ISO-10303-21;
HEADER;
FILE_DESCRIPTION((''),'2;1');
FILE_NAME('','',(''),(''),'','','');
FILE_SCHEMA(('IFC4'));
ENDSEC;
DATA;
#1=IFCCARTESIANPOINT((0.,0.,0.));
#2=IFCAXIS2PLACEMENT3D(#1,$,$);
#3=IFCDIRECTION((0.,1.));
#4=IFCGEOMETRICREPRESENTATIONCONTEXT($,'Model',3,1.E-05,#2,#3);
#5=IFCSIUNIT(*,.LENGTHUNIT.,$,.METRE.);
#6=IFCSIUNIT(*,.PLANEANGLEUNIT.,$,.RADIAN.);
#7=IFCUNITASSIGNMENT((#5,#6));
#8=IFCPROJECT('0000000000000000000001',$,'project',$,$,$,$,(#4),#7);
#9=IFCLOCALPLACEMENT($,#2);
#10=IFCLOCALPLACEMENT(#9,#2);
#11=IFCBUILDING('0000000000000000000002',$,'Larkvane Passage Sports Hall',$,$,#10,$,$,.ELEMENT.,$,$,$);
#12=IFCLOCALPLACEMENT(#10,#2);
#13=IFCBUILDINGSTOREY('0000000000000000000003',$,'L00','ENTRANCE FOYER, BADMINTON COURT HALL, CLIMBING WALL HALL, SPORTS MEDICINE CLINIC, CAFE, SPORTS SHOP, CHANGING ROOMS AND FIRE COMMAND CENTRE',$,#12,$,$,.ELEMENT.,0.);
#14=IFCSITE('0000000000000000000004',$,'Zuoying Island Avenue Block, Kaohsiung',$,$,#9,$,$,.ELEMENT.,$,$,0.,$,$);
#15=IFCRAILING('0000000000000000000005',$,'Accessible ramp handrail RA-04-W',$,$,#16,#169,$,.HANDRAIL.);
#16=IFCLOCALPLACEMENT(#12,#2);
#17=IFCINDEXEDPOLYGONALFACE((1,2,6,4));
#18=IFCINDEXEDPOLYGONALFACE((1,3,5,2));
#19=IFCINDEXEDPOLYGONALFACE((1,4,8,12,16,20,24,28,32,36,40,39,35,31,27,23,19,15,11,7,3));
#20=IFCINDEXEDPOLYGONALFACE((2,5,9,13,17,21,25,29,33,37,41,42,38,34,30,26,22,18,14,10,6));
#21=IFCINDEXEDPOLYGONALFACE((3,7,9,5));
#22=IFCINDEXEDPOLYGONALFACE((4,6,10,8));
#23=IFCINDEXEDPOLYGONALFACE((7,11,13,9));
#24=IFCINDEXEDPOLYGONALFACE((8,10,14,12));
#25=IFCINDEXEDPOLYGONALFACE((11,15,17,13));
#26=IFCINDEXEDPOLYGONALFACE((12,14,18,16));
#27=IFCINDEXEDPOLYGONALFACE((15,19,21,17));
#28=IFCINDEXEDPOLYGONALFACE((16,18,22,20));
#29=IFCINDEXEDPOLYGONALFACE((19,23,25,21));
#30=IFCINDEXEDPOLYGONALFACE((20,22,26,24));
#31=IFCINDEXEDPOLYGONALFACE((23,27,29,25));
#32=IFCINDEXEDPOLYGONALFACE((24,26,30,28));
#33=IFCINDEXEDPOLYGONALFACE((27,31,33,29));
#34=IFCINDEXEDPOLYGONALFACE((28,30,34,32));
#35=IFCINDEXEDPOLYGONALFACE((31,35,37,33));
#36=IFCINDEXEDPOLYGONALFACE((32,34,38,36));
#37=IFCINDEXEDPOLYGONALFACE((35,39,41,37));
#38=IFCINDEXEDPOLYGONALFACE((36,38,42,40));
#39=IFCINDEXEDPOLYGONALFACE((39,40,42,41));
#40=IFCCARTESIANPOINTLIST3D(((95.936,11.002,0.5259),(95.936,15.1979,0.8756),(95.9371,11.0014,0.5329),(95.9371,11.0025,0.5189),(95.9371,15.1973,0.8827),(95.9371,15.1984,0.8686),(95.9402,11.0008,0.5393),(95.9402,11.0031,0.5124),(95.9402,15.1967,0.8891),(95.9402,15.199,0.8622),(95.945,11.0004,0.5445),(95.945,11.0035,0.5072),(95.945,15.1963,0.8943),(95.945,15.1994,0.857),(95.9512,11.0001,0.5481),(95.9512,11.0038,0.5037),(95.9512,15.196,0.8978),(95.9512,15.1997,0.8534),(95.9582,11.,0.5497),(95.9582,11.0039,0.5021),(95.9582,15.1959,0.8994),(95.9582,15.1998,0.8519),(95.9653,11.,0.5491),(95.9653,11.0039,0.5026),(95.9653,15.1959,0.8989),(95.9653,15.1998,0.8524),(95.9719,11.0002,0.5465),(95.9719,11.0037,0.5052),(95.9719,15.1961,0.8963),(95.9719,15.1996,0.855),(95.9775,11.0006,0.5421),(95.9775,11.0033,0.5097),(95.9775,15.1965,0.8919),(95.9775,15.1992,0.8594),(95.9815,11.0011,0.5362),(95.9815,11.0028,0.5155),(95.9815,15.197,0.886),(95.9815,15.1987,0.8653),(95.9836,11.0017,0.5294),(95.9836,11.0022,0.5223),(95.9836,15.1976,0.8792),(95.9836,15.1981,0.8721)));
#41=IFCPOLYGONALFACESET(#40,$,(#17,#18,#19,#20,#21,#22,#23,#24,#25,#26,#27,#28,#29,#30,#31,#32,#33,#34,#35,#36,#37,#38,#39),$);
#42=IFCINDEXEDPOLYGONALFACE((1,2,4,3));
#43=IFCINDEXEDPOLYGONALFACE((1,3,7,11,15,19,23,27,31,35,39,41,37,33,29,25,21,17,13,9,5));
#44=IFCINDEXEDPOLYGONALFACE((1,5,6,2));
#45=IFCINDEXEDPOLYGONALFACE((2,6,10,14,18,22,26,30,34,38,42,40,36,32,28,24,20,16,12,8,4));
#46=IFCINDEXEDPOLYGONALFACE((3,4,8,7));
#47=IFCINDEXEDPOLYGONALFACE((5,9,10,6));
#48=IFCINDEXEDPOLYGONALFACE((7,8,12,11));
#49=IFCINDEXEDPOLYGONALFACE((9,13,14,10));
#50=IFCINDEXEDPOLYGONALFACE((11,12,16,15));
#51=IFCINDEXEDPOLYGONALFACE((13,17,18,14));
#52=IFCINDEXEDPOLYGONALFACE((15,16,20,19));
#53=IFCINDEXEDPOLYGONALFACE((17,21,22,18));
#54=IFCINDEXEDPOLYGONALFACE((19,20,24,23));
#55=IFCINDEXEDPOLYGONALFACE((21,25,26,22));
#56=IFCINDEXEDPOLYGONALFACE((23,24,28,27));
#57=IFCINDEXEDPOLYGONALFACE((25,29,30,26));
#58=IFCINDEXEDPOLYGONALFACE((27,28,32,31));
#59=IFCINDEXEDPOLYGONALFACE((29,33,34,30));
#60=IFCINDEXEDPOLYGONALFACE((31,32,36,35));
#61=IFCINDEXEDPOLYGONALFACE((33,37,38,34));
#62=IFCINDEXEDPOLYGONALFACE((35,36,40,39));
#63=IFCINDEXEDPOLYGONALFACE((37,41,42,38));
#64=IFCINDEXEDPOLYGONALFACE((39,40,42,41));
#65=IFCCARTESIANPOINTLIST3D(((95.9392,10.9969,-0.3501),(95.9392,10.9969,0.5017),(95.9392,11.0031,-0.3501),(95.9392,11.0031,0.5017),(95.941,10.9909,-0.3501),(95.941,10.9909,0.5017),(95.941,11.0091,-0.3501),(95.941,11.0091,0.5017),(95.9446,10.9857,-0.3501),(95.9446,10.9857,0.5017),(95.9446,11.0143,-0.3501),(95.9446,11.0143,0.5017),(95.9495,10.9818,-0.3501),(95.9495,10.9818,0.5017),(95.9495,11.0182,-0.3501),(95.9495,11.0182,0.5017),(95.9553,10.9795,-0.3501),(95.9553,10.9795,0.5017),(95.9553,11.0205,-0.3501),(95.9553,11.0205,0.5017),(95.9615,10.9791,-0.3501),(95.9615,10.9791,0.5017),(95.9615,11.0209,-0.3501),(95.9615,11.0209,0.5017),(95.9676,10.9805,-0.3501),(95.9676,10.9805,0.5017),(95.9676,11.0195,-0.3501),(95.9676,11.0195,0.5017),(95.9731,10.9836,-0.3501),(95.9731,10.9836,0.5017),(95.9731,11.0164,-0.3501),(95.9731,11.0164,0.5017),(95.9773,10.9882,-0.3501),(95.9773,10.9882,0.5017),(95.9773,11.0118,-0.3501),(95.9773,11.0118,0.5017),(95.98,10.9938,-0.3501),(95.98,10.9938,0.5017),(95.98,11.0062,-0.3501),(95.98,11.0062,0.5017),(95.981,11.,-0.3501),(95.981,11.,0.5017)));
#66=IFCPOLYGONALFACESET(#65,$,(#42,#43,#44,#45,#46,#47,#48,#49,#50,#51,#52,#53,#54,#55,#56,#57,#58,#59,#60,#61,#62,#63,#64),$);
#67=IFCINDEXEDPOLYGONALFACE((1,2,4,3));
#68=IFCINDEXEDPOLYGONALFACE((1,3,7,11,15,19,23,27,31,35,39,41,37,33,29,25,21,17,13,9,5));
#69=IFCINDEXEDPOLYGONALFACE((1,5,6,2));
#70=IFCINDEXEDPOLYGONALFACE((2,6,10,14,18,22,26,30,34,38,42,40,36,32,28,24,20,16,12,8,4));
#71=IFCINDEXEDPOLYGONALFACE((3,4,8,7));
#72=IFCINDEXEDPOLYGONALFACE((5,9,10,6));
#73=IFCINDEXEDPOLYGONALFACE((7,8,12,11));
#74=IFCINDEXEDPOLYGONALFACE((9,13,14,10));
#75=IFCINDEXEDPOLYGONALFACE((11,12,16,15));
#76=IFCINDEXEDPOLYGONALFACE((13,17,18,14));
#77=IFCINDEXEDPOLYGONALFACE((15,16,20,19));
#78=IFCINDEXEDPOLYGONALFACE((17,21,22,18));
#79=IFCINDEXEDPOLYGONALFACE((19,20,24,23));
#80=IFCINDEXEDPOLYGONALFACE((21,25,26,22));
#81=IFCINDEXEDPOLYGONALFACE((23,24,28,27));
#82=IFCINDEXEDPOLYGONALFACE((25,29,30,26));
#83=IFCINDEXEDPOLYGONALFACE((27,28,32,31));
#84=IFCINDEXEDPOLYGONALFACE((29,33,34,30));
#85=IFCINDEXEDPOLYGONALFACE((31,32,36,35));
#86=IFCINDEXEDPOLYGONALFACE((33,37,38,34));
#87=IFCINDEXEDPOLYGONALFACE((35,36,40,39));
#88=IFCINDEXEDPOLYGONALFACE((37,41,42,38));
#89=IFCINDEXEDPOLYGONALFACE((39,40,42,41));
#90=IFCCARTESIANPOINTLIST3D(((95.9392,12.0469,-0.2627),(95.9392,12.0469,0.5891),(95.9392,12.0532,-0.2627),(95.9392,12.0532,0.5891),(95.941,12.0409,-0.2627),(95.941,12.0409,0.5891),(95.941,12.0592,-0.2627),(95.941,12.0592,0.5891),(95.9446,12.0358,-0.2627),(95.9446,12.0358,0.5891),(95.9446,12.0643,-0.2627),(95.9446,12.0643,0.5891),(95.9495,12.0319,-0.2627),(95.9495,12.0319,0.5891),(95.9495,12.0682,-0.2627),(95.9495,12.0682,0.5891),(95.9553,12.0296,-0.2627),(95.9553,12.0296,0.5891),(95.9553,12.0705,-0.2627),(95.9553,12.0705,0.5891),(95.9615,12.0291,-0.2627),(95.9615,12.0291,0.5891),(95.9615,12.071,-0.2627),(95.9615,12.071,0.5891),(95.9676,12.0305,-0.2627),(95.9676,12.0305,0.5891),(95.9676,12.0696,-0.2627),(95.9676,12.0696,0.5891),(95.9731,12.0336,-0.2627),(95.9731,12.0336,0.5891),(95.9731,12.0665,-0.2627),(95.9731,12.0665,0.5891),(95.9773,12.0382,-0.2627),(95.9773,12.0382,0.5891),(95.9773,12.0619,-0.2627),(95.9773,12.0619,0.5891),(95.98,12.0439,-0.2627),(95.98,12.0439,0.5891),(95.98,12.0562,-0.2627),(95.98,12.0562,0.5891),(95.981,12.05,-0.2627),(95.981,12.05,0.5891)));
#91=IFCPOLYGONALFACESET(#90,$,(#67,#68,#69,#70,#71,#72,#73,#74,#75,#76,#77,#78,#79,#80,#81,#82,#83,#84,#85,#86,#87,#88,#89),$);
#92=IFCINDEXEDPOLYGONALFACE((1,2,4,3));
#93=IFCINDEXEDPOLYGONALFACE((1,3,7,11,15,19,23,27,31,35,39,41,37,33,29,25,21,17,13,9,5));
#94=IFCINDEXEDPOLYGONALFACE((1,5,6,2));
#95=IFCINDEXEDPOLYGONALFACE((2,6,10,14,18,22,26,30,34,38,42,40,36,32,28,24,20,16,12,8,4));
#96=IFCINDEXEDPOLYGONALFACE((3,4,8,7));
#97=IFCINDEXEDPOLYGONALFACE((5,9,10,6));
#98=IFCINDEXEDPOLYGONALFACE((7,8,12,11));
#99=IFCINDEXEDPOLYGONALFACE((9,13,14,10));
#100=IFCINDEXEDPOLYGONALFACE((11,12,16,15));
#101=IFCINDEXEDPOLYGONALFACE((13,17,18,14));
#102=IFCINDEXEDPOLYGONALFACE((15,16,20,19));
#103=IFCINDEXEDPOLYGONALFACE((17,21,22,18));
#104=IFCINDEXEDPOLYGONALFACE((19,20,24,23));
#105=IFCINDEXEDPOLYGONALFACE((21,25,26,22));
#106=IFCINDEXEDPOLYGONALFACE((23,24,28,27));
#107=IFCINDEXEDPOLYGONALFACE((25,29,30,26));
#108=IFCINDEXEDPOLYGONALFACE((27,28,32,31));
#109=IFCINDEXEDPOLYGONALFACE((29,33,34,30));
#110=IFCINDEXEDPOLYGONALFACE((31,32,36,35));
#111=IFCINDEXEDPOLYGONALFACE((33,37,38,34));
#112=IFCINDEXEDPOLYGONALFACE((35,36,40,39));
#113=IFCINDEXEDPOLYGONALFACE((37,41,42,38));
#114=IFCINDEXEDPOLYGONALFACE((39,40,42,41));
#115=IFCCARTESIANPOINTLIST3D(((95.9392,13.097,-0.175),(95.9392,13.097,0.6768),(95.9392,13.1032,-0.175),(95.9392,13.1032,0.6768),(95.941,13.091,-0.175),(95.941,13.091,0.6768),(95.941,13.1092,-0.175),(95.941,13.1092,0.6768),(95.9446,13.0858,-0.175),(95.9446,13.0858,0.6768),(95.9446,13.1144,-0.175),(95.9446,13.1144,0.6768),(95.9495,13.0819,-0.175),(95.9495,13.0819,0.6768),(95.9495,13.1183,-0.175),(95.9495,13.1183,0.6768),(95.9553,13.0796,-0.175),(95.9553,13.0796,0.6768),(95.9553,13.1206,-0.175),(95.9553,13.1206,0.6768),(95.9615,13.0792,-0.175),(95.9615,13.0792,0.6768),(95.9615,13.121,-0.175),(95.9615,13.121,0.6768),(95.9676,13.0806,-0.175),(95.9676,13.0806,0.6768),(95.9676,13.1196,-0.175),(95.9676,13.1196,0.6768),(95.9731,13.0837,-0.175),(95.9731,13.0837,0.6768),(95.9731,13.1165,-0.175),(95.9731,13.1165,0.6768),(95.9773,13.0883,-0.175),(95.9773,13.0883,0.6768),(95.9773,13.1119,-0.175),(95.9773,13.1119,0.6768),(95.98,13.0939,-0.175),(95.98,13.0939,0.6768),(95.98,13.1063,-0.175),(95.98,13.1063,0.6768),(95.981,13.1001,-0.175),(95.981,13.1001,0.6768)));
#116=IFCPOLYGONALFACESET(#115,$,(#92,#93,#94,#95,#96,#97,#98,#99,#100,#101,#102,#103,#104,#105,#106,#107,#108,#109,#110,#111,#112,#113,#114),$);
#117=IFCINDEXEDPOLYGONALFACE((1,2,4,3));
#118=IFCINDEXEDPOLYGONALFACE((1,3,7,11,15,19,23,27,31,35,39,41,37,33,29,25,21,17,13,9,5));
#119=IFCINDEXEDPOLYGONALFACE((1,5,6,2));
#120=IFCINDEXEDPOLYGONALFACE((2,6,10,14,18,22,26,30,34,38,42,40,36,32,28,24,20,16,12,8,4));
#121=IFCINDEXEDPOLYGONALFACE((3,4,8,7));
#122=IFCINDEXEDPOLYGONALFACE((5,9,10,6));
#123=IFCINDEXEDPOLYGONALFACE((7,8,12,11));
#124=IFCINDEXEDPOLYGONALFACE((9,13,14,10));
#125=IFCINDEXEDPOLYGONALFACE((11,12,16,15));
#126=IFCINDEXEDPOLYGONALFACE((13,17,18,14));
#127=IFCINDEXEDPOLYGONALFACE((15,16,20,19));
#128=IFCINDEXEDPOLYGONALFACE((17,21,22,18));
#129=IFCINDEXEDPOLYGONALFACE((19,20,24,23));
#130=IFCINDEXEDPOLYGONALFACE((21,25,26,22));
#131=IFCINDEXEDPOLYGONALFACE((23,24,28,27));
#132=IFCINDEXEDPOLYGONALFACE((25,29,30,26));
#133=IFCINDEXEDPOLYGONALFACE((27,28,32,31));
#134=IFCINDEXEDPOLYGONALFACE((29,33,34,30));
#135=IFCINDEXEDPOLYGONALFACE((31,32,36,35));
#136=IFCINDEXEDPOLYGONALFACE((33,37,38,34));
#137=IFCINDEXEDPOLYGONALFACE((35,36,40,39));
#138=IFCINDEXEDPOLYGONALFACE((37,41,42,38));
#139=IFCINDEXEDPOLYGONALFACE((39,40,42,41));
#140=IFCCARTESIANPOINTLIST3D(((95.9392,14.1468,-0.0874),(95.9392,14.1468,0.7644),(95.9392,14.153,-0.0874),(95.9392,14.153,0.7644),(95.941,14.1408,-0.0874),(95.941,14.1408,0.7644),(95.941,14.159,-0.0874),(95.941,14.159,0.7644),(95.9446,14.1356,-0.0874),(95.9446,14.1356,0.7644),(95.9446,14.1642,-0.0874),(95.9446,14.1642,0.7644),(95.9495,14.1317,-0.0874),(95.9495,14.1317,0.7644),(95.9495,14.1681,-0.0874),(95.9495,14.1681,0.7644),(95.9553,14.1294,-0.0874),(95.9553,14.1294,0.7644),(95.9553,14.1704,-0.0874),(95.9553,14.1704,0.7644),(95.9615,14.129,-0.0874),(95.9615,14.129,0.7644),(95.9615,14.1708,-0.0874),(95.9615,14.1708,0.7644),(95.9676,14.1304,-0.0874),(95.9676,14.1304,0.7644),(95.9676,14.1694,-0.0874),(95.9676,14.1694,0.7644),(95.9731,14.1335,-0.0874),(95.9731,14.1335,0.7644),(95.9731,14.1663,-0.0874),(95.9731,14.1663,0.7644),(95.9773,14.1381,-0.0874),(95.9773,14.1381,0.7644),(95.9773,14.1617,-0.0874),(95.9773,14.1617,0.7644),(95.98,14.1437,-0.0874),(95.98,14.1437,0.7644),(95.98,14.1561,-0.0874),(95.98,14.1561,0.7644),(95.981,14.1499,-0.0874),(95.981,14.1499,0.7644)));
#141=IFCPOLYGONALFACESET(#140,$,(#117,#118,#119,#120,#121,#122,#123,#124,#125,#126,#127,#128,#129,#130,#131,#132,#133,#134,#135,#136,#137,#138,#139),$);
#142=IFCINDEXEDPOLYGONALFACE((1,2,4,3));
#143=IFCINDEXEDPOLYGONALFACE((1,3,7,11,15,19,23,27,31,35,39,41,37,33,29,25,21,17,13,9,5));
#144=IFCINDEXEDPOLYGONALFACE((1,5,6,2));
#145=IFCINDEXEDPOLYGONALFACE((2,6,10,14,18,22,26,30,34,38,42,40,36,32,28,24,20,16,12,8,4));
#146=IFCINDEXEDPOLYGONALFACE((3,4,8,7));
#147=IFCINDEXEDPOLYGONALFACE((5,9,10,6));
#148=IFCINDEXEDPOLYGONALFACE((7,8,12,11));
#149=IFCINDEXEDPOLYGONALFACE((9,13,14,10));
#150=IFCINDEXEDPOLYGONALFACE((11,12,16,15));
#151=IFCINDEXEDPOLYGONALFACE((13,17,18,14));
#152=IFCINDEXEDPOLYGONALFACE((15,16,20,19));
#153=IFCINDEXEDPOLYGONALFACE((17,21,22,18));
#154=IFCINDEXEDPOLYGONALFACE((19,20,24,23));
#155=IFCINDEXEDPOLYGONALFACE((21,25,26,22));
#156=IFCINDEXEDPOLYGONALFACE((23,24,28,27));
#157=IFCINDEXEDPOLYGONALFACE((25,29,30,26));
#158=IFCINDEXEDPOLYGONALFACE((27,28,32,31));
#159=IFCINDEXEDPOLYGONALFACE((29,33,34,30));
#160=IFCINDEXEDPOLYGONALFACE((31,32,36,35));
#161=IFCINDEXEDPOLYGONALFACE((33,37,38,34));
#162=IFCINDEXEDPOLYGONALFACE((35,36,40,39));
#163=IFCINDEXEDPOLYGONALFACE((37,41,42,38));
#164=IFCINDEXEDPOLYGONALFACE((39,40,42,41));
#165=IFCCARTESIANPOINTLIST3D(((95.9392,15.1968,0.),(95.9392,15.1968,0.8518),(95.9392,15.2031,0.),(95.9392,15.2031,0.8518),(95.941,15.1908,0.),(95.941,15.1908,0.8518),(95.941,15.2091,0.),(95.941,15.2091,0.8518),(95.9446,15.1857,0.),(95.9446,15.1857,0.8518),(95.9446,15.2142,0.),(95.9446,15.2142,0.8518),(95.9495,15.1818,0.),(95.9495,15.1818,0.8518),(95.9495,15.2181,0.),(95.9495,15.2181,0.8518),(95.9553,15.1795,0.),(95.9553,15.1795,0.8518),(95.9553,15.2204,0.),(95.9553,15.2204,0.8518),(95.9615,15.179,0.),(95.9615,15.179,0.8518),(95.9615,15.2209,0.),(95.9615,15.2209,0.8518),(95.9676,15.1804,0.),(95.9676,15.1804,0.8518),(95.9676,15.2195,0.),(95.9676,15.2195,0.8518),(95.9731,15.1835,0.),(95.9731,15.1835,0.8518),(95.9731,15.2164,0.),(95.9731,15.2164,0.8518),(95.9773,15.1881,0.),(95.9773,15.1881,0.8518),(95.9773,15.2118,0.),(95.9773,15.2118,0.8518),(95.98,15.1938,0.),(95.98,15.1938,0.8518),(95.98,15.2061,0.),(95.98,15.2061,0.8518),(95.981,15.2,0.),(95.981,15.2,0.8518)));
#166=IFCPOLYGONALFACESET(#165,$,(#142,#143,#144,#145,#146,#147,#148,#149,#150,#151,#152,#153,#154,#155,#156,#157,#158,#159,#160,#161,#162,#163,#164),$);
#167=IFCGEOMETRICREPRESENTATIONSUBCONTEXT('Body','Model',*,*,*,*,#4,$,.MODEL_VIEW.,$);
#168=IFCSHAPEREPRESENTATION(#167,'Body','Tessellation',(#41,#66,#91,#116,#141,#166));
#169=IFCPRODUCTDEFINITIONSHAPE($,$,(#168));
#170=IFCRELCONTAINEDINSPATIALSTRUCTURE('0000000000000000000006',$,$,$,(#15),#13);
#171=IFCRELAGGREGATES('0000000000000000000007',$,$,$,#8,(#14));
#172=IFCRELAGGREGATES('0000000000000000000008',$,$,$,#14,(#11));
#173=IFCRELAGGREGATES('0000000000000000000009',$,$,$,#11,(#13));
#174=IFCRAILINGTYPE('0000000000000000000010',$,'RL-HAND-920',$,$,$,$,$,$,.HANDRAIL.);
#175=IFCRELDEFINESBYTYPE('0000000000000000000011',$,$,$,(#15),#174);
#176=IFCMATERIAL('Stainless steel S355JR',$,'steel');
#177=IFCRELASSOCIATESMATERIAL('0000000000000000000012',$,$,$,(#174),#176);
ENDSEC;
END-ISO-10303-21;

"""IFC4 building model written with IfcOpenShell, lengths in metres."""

from ifc_helpers import new_model, si_unit, direction, frame, origin, origin_2d, place, context, subcontext, project, spatial, circle, extrude, material, type_object, element, save


model = new_model("IFC4")

# Units and contexts
model_context = context("Model", 3, precision=1e-05, world=origin(), true_north=direction((0.0, 1.0)))
body_context = subcontext(model_context, "Body", "Model", "MODEL_VIEW")
ifc_project = project(units=[si_unit("LENGTHUNIT", "METRE"), si_unit("PLANEANGLEUNIT", "RADIAN")], contexts=[model_context])

# Site, building, storey
site_placement = place(None, origin())
site = spatial("IfcSite", under=ifc_project, at=site_placement, Name="Zuoying Island Avenue Block, Kaohsiung", CompositionType="ELEMENT", RefElevation=0.0)
building_placement = place(site_placement, origin())
building = spatial("IfcBuilding", under=site, at=building_placement, Name="Larkvane Passage Sports Hall", CompositionType="ELEMENT")
storey_placement = place(building_placement, origin())
storey = spatial("IfcBuildingStorey", under=building, at=storey_placement, Name="L00", Description="ENTRANCE FOYER, BADMINTON COURT HALL, CLIMBING WALL HALL, SPORTS MEDICINE CLINIC, CAFE, SPORTS SHOP, CHANGING ROOMS AND FIRE COMMAND CENTRE", CompositionType="ELEMENT", Elevation=0.0)

# Railing
ifc_material_1 = material(Name="Stainless steel S355JR", Category="steel")
railing_type = type_object("IfcRailingType", Name="RL-HAND-920", PredefinedType="HANDRAIL", material=ifc_material_1)
for number, where, name in (
    (1, (95.96, 11.0, -0.3501), "Accessible ramp handrail RA-04-W"),
):
    element("IfcRailing", number, at=place(storey_placement, frame(where)), inside=storey, type_object=railing_type, Name=name, PredefinedType="HANDRAIL", context=body_context, shape_type="SweptSolid", body=[
        extrude(circle(Radius=0.0239, at=origin_2d()), frame((0.0, 0.002, 0.876), z_axis=(0.0, 0.996544, 0.083069), x_axis=(-1.0, 0.0, 0.0)), (0.0, 0.0, 1.0), 4.2104),
        extrude(circle(Radius=0.021, at=origin_2d()), origin(), (0.0, 0.0, 1.0), 0.8518),
        extrude(circle(Radius=0.021, at=origin_2d()), frame((0.0, 1.05, 0.0874)), (0.0, 0.0, 1.0), 0.8518),
        extrude(circle(Radius=0.021, at=origin_2d()), frame((0.0, 2.1001, 0.175)), (0.0, 0.0, 1.0), 0.8518),
        extrude(circle(Radius=0.021, at=origin_2d()), frame((0.0, 3.1499, 0.2627)), (0.0, 0.0, 1.0), 0.8518),
        extrude(circle(Radius=0.021, at=origin_2d()), frame((0.0, 4.2, 0.3501)), (0.0, 0.0, 1.0), 0.8518),
    ])

save(model, "model.ifc")
